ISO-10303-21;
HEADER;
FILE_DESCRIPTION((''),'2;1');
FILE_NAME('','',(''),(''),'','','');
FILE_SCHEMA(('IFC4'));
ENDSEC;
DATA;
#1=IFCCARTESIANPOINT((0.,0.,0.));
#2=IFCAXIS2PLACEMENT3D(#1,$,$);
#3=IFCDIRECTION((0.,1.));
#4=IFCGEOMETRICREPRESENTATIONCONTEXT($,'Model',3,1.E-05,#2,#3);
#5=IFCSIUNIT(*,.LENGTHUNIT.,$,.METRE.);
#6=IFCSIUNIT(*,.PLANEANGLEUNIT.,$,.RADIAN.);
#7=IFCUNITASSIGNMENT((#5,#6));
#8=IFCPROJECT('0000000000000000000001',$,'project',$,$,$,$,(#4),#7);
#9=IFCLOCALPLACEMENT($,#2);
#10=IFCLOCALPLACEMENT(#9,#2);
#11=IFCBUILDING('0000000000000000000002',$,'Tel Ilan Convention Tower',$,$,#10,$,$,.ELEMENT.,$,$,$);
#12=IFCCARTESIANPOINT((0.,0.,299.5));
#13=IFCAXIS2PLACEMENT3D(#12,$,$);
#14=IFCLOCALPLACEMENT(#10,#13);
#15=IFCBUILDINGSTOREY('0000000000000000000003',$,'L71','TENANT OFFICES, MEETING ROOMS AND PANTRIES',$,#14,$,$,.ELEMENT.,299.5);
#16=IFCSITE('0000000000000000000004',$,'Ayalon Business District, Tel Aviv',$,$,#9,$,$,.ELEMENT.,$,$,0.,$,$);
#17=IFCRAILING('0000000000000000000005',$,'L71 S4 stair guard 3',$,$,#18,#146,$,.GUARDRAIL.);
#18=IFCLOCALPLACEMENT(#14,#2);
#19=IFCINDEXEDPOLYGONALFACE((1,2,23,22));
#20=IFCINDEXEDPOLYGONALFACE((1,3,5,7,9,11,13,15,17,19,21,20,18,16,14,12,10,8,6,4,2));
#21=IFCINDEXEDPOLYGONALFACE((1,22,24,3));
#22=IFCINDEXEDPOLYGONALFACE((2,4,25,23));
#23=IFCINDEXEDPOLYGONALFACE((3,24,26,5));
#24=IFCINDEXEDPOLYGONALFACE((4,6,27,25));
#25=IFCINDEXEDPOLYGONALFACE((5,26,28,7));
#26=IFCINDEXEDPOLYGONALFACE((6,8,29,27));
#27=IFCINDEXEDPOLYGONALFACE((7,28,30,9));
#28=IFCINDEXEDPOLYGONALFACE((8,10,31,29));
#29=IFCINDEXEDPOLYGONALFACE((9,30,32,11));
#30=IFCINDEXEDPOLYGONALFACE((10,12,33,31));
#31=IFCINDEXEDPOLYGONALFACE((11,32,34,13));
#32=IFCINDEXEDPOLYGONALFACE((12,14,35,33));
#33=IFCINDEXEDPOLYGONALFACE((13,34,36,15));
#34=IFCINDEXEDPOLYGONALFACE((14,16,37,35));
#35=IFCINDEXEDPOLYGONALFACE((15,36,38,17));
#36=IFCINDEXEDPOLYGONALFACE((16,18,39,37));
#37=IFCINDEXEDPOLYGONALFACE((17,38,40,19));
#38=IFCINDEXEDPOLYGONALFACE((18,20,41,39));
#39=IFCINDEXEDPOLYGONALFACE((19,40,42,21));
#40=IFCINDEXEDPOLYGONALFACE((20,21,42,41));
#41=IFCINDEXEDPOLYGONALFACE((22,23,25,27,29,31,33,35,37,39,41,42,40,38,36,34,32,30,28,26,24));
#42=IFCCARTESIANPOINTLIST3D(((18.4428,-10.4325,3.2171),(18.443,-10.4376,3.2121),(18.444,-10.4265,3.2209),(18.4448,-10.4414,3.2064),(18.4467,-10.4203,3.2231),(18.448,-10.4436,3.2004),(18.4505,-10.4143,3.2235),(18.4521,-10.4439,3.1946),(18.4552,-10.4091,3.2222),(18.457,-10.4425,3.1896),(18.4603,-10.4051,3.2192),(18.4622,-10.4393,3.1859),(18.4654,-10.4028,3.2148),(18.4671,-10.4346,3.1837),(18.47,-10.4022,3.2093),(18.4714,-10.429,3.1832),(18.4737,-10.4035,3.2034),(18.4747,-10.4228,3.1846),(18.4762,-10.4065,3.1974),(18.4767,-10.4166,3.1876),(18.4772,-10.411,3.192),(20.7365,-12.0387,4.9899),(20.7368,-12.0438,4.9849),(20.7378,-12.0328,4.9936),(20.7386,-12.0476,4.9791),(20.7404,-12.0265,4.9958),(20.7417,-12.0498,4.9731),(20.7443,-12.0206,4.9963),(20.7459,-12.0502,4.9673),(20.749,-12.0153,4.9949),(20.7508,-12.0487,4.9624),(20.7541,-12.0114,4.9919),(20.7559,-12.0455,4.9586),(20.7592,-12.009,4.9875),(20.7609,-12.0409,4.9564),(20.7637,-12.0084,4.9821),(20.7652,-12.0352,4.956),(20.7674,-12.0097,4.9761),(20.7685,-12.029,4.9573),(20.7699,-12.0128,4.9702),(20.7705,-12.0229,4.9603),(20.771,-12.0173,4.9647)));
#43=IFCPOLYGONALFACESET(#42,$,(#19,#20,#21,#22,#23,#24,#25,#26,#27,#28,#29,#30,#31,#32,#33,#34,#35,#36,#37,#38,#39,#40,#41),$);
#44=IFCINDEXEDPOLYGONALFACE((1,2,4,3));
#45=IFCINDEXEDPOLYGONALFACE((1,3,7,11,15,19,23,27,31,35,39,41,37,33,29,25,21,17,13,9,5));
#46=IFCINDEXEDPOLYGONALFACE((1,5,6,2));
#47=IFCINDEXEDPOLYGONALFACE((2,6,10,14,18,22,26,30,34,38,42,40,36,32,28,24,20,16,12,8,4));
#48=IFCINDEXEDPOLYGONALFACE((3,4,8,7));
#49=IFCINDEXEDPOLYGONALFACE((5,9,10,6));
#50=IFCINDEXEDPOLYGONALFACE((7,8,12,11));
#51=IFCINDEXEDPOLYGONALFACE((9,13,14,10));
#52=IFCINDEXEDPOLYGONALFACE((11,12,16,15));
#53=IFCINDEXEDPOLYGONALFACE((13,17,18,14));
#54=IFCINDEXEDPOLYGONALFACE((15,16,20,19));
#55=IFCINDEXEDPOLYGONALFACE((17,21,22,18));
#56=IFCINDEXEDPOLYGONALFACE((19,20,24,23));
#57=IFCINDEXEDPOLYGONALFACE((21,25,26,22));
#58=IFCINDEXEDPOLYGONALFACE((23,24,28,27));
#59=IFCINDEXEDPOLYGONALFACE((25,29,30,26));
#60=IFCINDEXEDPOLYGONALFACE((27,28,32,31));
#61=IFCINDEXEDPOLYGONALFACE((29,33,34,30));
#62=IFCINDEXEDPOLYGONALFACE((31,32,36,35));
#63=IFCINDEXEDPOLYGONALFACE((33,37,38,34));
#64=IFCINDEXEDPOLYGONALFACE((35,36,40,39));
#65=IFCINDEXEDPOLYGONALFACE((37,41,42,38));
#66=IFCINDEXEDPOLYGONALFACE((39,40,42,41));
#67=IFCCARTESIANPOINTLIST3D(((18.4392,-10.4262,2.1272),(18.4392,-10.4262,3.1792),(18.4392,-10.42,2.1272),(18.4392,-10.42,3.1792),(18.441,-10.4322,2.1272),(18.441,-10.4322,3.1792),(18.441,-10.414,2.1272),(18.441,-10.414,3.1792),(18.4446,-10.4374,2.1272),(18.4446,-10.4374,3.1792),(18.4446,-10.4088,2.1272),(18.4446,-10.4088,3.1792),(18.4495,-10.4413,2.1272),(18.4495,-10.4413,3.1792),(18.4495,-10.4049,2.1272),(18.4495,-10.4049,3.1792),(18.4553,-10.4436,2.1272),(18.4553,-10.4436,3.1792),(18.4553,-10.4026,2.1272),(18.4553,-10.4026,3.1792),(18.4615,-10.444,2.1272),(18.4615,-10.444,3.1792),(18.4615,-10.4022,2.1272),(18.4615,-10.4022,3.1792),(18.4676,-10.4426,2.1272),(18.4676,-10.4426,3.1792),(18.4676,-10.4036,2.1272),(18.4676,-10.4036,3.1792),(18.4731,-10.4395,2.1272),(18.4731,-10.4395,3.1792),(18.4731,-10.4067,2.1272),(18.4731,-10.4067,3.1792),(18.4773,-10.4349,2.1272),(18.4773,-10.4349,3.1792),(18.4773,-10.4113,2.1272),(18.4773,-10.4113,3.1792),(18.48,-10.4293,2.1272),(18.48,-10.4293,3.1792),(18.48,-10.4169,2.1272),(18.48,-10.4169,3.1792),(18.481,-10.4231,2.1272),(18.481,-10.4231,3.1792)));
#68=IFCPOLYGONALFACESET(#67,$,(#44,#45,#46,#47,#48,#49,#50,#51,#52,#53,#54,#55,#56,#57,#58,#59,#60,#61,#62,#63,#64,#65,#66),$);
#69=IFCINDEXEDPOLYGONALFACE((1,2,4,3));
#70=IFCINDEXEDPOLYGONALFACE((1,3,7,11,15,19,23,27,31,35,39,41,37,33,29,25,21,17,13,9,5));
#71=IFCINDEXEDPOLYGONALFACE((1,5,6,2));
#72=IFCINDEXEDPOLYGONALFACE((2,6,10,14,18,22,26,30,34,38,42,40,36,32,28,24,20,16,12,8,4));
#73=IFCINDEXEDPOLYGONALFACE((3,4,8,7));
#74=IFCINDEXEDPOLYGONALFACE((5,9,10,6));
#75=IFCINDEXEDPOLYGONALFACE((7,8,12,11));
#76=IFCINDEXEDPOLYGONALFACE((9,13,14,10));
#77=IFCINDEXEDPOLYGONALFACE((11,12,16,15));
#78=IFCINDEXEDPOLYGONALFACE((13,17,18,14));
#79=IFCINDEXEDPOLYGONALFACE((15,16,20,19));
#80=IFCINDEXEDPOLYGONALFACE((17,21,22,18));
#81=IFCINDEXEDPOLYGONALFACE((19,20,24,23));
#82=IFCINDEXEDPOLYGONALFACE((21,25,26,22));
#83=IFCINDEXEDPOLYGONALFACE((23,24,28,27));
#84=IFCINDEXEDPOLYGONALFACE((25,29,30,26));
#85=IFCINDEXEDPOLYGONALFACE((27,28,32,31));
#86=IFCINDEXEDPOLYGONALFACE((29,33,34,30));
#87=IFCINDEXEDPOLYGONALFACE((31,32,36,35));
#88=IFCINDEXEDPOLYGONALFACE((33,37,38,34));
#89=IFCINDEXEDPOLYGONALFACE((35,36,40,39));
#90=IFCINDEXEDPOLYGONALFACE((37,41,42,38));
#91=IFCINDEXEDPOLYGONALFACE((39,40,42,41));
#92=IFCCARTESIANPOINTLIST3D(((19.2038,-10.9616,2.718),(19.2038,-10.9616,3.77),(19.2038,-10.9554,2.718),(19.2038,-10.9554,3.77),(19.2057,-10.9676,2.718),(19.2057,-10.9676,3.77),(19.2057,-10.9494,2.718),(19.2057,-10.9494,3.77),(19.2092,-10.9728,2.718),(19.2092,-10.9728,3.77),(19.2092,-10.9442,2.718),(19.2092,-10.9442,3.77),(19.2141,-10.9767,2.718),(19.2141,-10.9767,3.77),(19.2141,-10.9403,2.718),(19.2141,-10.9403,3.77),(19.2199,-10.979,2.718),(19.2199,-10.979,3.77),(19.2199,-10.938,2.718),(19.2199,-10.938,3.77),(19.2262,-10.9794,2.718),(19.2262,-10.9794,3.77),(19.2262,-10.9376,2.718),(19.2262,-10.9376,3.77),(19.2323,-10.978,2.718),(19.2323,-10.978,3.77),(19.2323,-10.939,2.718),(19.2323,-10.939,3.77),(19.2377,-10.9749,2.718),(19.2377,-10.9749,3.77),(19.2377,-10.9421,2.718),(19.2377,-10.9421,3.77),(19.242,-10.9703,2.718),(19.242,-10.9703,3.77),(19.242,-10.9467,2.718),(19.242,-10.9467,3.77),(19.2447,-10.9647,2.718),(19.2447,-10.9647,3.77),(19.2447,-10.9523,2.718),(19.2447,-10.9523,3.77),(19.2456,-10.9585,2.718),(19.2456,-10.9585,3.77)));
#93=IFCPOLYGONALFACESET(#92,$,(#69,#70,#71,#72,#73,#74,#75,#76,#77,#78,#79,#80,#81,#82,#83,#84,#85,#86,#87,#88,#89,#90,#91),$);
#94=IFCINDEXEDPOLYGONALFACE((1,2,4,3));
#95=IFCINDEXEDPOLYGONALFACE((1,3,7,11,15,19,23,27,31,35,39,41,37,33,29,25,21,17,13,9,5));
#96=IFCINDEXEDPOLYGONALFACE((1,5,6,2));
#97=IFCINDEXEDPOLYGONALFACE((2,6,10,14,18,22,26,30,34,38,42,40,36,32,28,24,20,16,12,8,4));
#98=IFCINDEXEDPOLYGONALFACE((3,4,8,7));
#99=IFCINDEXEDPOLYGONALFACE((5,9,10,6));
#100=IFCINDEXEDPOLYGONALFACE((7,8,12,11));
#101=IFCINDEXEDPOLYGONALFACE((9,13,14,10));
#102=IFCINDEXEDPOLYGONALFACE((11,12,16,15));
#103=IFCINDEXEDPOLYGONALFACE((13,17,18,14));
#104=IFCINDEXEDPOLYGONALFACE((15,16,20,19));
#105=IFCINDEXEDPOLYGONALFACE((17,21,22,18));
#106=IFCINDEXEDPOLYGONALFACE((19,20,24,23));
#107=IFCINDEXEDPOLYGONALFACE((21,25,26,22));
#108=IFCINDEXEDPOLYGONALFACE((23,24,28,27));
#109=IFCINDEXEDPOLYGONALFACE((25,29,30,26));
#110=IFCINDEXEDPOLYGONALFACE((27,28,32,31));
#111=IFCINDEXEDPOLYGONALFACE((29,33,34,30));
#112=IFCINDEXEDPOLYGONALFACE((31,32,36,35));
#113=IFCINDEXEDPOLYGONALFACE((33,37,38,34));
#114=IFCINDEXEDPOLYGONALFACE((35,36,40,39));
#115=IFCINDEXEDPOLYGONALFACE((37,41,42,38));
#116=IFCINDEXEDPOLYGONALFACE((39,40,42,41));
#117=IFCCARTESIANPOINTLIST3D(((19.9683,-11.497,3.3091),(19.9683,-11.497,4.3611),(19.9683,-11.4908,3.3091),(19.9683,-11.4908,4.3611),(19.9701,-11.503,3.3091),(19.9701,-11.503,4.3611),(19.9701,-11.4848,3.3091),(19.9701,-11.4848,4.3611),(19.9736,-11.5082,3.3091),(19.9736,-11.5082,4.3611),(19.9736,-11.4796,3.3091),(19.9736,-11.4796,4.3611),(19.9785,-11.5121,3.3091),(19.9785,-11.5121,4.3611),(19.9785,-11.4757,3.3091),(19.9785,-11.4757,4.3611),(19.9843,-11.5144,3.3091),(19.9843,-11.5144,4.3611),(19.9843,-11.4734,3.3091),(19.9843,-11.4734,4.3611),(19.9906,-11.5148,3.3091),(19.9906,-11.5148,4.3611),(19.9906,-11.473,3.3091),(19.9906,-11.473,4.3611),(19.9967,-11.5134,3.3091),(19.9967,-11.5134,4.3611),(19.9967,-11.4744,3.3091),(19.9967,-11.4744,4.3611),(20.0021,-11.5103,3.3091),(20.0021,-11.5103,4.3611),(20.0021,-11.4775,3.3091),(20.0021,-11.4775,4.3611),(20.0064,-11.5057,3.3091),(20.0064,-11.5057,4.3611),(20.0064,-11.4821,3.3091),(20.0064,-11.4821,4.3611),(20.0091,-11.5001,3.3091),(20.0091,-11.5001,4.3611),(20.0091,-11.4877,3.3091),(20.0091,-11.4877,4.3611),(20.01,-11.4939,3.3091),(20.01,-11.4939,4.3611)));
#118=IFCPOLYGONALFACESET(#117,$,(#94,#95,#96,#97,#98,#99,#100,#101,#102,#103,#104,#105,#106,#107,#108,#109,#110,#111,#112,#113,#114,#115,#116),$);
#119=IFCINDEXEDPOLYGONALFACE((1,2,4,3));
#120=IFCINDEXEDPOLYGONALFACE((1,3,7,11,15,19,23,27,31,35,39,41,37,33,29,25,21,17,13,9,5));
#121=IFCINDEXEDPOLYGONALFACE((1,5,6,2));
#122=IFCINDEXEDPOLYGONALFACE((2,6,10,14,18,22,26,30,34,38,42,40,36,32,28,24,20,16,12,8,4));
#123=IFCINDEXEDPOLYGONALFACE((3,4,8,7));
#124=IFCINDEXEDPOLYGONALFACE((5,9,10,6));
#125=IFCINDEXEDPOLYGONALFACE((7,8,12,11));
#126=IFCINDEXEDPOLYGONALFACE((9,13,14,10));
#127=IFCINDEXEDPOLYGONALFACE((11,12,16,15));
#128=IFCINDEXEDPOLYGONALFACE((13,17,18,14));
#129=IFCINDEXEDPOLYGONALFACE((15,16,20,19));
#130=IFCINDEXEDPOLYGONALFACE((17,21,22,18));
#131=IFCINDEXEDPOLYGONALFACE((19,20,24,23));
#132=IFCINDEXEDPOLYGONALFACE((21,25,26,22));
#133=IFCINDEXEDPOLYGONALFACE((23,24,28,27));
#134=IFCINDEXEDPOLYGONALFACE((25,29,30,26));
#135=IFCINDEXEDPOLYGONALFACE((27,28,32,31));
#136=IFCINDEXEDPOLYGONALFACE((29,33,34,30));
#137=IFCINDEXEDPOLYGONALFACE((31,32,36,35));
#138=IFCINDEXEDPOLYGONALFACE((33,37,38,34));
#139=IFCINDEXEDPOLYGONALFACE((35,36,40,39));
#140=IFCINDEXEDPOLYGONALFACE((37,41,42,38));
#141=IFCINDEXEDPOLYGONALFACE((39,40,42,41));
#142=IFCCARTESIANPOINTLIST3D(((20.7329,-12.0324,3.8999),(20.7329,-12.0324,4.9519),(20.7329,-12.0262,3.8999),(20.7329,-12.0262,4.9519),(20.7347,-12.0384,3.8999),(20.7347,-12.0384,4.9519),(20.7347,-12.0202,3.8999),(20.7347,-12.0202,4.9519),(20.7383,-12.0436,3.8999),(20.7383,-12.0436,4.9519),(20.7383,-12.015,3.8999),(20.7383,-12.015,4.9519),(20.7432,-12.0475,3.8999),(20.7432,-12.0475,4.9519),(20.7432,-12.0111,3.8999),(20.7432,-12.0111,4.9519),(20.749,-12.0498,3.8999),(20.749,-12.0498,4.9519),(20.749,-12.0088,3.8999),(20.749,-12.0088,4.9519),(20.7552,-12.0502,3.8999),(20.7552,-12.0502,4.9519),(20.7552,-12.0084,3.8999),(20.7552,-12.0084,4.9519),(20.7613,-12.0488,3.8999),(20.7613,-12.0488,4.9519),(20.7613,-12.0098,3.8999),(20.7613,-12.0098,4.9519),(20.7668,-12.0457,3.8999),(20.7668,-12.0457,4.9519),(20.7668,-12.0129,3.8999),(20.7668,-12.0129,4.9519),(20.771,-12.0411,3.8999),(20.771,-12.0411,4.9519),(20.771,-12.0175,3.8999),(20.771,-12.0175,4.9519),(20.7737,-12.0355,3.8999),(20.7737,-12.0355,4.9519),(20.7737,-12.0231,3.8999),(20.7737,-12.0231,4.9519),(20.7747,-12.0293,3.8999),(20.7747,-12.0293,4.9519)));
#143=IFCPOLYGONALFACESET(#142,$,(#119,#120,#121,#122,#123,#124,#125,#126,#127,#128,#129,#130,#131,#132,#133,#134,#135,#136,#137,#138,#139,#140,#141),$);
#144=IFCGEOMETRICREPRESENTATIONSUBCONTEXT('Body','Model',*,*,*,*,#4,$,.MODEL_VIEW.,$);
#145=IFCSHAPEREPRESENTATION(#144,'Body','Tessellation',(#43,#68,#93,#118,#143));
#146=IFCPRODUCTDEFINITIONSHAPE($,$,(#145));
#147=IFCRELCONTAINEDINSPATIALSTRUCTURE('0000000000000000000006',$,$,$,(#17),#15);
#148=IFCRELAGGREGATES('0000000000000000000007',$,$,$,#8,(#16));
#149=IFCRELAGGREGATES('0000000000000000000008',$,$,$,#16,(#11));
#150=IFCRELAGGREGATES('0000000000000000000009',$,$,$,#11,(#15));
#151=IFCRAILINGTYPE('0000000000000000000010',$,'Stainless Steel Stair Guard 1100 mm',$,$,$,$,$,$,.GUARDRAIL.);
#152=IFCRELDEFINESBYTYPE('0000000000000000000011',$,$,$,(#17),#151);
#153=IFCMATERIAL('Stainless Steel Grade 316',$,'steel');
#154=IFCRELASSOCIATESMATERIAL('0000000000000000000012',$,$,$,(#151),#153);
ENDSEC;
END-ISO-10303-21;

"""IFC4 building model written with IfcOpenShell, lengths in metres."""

from ifc_helpers import new_model, si_unit, direction, frame, origin, origin_2d, place, context, subcontext, project, spatial, circle, extrude, material, type_object, element, save


model = new_model("IFC4")

# Units and contexts
model_context = context("Model", 3, precision=1e-05, world=origin(), true_north=direction((0.0, 1.0)))
body_context = subcontext(model_context, "Body", "Model", "MODEL_VIEW")
ifc_project = project(units=[si_unit("LENGTHUNIT", "METRE"), si_unit("PLANEANGLEUNIT", "RADIAN")], contexts=[model_context])

# Site, building, storey
site_placement = place(None, origin())
site = spatial("IfcSite", under=ifc_project, at=site_placement, Name="Ayalon Business District, Tel Aviv", CompositionType="ELEMENT", RefElevation=0.0)
building_placement = place(site_placement, origin())
building = spatial("IfcBuilding", under=site, at=building_placement, Name="Tel Ilan Convention Tower", CompositionType="ELEMENT")
storey_placement = place(building_placement, frame((0.0, 0.0, 299.5)))
storey = spatial("IfcBuildingStorey", under=building, at=storey_placement, Name="L71", Description="TENANT OFFICES, MEETING ROOMS AND PANTRIES", CompositionType="ELEMENT", Elevation=299.5)

# Railing
ifc_material_1 = material(Name="Stainless Steel Grade 316", Category="steel")
railing_type_1 = type_object("IfcRailingType", Name="Stainless Steel Stair Guard 1100 mm", PredefinedType="GUARDRAIL", material=ifc_material_1)
railing_1_placement = place(storey_placement, frame((18.46, -10.4231, 2.1272)))
element("IfcRailing", 1, at=railing_1_placement, inside=storey, type_object=railing_type_1, Name="L71 S4 stair guard 3", PredefinedType="GUARDRAIL", context=body_context, shape_type="SweptSolid", body=[
    extrude(circle(Radius=0.0239, at=origin_2d()), frame((0.0, 0.0, 1.0762), z_axis=(0.692098, -0.484653, 0.534894), x_axis=(0.573609, 0.81913, 0.0)), (0.0, 0.0, 1.0), 3.3142),
    extrude(circle(Radius=0.021, at=origin_2d()), origin(), (0.0, 0.0, 1.0), 1.052),
    extrude(circle(Radius=0.021, at=origin_2d()), frame((0.7646, -0.5354, 0.5908)), (0.0, 0.0, 1.0), 1.052),
    extrude(circle(Radius=0.021, at=origin_2d()), frame((1.5291, -1.0708, 1.1819)), (0.0, 0.0, 1.0), 1.052),
    extrude(circle(Radius=0.021, at=origin_2d()), frame((2.2937, -1.6062, 1.7727)), (0.0, 0.0, 1.0), 1.052),
])

save(model, "model.ifc")
